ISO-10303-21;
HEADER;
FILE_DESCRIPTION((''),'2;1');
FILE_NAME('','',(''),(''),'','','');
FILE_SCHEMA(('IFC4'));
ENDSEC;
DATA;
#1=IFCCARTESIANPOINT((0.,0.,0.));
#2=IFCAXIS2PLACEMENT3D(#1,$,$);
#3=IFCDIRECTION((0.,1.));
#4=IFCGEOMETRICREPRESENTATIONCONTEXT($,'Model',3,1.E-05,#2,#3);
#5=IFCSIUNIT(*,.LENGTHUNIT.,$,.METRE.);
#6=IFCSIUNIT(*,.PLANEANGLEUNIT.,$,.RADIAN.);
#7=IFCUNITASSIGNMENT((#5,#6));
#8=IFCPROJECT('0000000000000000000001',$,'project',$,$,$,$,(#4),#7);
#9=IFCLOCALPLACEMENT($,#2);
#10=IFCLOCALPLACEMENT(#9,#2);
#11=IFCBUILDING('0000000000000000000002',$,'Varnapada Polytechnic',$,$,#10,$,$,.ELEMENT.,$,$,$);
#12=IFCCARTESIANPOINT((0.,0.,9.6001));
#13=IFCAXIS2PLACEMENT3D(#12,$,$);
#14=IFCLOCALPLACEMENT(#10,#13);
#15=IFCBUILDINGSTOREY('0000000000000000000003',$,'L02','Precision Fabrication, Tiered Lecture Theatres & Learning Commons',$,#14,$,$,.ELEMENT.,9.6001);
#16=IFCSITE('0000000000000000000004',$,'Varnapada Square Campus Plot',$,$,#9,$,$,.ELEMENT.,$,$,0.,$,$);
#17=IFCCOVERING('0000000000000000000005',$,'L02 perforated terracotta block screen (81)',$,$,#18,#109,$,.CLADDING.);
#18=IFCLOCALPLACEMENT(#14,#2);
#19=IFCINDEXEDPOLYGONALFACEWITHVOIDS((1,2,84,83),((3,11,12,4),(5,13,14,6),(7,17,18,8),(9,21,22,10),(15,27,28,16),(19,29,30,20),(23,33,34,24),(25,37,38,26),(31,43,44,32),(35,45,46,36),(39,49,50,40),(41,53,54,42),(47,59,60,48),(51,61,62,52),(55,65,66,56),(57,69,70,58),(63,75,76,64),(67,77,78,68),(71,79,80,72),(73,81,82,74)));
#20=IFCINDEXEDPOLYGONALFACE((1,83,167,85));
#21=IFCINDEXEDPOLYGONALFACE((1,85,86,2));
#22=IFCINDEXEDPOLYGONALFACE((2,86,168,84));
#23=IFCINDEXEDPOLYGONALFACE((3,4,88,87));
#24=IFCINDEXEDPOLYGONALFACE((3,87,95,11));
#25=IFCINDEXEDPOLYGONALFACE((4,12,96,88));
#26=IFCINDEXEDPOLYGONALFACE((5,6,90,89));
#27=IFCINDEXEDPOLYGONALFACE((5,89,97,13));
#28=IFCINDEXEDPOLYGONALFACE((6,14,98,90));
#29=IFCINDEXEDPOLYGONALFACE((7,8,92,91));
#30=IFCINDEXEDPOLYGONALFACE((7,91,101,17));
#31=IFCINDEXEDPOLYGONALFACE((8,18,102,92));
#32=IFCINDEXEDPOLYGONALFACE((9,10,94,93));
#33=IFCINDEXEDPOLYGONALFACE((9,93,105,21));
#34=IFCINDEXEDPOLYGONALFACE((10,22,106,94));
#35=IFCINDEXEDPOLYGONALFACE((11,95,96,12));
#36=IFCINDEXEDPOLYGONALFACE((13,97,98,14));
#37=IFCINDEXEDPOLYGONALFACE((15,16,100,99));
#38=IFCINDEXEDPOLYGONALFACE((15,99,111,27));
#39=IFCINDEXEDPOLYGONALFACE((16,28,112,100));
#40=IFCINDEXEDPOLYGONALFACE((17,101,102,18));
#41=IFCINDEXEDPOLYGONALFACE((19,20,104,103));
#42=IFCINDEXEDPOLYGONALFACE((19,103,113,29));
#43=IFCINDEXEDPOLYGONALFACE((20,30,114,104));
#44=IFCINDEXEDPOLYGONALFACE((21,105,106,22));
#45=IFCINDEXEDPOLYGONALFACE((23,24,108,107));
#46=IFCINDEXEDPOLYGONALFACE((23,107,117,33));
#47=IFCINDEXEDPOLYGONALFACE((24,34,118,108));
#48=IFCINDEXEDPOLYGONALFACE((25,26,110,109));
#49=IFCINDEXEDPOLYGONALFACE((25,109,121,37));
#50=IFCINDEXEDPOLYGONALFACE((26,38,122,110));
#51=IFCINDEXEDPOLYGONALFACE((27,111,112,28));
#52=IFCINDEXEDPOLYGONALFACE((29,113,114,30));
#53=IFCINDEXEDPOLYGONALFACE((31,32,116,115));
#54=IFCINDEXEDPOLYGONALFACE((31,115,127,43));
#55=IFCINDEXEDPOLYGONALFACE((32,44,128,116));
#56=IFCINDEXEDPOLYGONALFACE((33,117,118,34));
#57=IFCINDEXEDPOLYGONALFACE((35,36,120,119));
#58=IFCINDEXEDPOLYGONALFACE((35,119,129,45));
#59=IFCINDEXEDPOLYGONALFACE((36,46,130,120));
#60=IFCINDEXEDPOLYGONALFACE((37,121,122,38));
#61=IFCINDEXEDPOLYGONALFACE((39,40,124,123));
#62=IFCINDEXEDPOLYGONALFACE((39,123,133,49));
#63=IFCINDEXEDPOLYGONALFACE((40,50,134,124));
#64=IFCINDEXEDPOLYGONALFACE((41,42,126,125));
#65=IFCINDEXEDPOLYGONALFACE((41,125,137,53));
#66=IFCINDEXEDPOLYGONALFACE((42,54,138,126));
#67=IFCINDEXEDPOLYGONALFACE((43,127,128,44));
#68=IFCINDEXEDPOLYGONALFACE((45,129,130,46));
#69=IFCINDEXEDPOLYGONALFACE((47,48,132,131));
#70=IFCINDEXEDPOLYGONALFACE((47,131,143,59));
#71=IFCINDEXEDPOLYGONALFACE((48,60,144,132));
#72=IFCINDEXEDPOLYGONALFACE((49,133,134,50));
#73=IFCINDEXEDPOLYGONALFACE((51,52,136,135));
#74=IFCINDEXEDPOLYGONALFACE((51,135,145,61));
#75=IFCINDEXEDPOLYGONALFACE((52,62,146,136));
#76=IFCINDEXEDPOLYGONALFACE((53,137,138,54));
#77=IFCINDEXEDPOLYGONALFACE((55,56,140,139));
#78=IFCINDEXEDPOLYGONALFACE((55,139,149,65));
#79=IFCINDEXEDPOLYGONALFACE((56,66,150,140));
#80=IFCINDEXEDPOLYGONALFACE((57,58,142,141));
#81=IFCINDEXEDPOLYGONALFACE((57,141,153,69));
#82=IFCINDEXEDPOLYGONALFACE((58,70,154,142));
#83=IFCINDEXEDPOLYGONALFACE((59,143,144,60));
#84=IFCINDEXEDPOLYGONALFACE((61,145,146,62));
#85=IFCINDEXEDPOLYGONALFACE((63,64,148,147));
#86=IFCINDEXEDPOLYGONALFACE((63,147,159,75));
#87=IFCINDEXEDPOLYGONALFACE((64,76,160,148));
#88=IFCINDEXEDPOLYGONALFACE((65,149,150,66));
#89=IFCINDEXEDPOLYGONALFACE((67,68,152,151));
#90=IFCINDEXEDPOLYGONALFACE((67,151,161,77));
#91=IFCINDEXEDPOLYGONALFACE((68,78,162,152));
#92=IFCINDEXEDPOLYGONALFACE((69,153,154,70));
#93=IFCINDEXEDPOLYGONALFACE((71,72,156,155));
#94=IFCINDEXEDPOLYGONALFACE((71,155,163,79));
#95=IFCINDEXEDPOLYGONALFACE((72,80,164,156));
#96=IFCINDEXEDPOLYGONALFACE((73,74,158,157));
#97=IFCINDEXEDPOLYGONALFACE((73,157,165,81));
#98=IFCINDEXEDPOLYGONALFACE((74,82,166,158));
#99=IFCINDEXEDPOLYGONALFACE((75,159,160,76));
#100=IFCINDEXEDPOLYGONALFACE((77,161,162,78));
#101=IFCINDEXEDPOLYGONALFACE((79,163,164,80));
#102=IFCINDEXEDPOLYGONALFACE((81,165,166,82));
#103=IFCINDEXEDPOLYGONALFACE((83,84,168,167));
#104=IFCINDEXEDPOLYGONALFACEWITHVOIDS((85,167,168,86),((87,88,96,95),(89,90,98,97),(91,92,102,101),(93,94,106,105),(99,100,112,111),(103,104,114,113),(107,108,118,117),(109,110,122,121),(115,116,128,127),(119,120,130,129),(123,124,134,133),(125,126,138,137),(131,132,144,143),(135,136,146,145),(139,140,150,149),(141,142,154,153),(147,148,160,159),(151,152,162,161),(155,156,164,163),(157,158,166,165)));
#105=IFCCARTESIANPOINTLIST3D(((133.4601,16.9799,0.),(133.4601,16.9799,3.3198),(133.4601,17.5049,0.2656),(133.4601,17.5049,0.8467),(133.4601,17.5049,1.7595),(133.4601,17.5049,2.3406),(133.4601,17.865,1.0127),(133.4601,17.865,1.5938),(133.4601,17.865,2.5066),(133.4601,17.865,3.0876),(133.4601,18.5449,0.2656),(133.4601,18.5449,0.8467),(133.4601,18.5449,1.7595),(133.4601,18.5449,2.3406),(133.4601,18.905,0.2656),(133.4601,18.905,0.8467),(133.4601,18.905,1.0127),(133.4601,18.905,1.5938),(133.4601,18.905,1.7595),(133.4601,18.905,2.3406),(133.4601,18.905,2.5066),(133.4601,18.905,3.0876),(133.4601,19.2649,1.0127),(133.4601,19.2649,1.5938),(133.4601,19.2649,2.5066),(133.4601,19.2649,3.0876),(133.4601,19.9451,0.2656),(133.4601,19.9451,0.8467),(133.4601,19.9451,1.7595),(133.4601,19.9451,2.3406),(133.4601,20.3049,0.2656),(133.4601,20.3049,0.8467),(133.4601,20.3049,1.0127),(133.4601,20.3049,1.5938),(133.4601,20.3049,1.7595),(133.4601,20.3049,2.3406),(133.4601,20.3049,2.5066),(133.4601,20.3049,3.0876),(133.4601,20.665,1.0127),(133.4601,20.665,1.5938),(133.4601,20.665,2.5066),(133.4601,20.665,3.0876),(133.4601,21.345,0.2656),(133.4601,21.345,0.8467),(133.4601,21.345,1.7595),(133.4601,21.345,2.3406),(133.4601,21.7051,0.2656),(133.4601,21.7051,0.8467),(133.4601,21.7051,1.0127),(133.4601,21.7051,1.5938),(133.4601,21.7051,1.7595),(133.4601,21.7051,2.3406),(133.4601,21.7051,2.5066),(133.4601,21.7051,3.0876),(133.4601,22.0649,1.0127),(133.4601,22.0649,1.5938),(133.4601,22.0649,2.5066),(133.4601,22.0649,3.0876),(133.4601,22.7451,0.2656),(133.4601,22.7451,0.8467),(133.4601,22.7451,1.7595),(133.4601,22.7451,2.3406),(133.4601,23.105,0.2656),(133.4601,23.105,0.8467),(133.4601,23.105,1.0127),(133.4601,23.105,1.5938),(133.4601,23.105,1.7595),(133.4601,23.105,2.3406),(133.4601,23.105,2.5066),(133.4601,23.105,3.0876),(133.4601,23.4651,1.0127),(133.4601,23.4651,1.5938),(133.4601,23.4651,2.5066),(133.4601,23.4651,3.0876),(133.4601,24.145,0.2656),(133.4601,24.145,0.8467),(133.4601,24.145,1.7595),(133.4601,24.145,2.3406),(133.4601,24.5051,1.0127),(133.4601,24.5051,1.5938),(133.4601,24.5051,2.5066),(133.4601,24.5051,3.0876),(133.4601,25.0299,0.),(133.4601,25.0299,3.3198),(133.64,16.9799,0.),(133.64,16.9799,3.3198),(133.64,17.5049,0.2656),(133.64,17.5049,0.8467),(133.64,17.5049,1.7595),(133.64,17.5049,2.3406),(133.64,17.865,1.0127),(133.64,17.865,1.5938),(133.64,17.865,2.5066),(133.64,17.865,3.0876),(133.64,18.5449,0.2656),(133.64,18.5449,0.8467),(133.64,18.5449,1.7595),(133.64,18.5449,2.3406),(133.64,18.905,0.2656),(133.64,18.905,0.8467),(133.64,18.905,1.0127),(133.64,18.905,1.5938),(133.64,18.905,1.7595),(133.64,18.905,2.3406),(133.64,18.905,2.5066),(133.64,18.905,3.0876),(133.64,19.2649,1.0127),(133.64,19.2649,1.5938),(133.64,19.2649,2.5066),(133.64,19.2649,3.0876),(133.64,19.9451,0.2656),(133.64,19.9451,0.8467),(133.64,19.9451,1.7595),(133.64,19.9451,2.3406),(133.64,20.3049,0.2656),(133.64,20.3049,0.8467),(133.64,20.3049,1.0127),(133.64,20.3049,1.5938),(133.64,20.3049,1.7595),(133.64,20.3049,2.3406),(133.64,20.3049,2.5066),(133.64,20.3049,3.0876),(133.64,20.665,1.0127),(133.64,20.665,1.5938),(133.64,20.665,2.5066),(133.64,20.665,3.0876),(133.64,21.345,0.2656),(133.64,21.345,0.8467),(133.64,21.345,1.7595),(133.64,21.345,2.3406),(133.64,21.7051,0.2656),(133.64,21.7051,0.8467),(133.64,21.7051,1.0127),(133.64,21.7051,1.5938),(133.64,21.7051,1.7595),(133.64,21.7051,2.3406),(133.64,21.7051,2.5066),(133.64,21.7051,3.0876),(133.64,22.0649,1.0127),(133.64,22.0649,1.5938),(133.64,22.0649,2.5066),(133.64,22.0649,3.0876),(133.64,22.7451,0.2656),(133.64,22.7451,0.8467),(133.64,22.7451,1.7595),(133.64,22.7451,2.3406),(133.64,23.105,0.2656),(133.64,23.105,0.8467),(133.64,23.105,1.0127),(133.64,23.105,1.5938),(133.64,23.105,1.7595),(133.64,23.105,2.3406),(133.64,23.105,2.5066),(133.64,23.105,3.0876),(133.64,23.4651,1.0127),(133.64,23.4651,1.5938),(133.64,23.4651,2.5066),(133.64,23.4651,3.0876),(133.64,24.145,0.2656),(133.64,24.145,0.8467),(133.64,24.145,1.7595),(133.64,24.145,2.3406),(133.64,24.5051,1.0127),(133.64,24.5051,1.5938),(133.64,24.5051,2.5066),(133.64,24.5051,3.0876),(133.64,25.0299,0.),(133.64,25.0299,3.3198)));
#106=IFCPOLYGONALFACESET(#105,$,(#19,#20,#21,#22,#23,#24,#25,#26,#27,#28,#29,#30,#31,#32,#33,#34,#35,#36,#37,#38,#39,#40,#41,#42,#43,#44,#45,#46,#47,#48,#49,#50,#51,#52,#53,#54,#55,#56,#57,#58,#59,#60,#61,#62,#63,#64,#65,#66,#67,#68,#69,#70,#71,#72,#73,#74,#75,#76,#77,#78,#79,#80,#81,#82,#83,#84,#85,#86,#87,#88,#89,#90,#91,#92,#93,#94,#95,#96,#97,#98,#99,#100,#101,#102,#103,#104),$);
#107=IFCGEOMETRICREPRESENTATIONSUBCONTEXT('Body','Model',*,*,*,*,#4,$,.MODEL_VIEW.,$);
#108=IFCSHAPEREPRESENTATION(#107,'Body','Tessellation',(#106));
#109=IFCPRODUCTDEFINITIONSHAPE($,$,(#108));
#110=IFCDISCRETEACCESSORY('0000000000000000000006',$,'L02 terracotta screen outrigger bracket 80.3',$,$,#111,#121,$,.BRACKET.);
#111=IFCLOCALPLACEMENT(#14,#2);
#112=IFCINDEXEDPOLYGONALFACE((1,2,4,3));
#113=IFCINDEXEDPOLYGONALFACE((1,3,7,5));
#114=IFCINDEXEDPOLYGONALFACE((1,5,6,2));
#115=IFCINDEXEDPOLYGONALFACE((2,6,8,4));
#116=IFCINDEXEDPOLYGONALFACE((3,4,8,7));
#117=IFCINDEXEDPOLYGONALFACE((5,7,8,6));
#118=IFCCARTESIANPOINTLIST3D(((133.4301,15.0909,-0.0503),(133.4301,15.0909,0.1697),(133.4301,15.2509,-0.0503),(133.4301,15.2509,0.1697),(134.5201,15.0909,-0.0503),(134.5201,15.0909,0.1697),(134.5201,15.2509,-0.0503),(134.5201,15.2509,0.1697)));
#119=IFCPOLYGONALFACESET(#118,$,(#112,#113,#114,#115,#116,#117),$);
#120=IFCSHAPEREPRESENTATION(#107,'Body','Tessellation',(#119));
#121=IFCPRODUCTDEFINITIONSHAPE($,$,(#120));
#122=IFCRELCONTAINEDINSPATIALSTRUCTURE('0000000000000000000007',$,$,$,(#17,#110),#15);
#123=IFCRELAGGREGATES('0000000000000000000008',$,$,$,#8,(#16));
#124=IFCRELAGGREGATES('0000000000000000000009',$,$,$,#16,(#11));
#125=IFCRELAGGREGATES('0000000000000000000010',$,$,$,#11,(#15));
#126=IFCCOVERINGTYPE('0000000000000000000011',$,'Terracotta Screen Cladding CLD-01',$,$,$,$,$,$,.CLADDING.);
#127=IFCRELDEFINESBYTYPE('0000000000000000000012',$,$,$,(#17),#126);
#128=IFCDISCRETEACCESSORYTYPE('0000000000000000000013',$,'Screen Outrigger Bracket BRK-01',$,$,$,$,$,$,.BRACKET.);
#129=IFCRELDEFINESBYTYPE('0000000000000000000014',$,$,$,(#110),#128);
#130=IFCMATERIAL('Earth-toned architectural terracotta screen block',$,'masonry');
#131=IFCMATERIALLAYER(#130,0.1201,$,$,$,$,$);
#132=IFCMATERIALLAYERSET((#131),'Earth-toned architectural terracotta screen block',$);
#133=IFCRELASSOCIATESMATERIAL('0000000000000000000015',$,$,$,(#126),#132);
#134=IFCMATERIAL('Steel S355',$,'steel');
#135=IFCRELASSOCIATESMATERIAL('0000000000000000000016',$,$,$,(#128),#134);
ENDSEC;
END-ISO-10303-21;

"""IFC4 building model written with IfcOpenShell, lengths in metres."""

from ifc_helpers import new_model, si_unit, direction, frame, frame_2d, origin, origin_2d, place, context, subcontext, project, spatial, rectangle, extrude, material, layer, layer_set, type_object, element, save


model = new_model("IFC4")

# Units and contexts
model_context = context("Model", 3, precision=1e-05, world=origin(), true_north=direction((0.0, 1.0)))
body_context = subcontext(model_context, "Body", "Model", "MODEL_VIEW")
ifc_project = project(units=[si_unit("LENGTHUNIT", "METRE"), si_unit("PLANEANGLEUNIT", "RADIAN")], contexts=[model_context])

# Site, building, storey
site_placement = place(None, origin())
site = spatial("IfcSite", under=ifc_project, at=site_placement, Name="Varnapada Square Campus Plot", CompositionType="ELEMENT", RefElevation=0.0)
building_placement = place(site_placement, origin())
building = spatial("IfcBuilding", under=site, at=building_placement, Name="Varnapada Polytechnic", CompositionType="ELEMENT")
storey_placement = place(building_placement, frame((0.0, 0.0, 9.6001)))
storey = spatial("IfcBuildingStorey", under=building, at=storey_placement, Name="L02", Description="Precision Fabrication, Tiered Lecture Theatres & Learning Commons", CompositionType="ELEMENT", Elevation=9.6001)

# Covering, openings
ifc_material_1 = material(Name="Earth-toned architectural terracotta screen block", Category="masonry")
ifc_layer_1 = layer(ifc_material_1, 0.1201)
ifc_layer_set_1 = layer_set([ifc_layer_1], Name="Earth-toned architectural terracotta screen block")
covering_type = type_object("IfcCoveringType", Name="Terracotta Screen Cladding CLD-01", PredefinedType="CLADDING", material=ifc_layer_set_1)
covering_placement = place(storey_placement, frame((133.55, 16.98, 0.0), z_axis=(0.0, 0.0, 1.0), x_axis=(0.0, 1.0, 0.0)))
covering = element("IfcCovering", 1, at=covering_placement, inside=storey, type_object=covering_type, Name="L02 perforated terracotta block screen (81)", PredefinedType="CLADDING", context=body_context, shape_type="SweptSolid", body=[
    extrude(rectangle(XDim=8.05, YDim=0.1799, at=frame_2d((4.0249, 0.0))), origin(), (0.0, 0.0, 1.0), 3.3198),
])
opening_1_placement = place(covering_placement, frame((0.5249, 0.0, 0.2656)))
element("IfcOpeningElement", 2, at=opening_1_placement, cuts=covering, PredefinedType="OPENING", context=body_context, shape_type="SweptSolid", body=[
    extrude(rectangle(XDim=1.04, YDim=0.5811, at=frame_2d((0.52, 0.2905))), frame((0.0, 0.0999, 0.0), z_axis=(0.0, -1.0, 0.0), x_axis=(1.0, 0.0, 0.0)), (0.0, 0.0, 1.0), 0.2),
])
opening_2_placement = place(covering_placement, frame((1.925, 0.0, 0.2656)))
element("IfcOpeningElement", 3, at=opening_2_placement, cuts=covering, PredefinedType="OPENING", context=body_context, shape_type="SweptSolid", body=[
    extrude(rectangle(XDim=1.04, YDim=0.5811, at=frame_2d((0.52, 0.2905))), frame((0.0, 0.0999, 0.0), z_axis=(0.0, -1.0, 0.0), x_axis=(1.0, 0.0, 0.0)), (0.0, 0.0, 1.0), 0.2),
])
opening_3_placement = place(covering_placement, frame((3.325, 0.0, 0.2656)))
element("IfcOpeningElement", 4, at=opening_3_placement, cuts=covering, PredefinedType="OPENING", context=body_context, shape_type="SweptSolid", body=[
    extrude(rectangle(XDim=1.04, YDim=0.5811, at=frame_2d((0.52, 0.2905))), frame((0.0, 0.0999, 0.0), z_axis=(0.0, -1.0, 0.0), x_axis=(1.0, 0.0, 0.0)), (0.0, 0.0, 1.0), 0.2),
])
opening_4_placement = place(covering_placement, frame((4.7251, 0.0, 0.2656)))
element("IfcOpeningElement", 5, at=opening_4_placement, cuts=covering, PredefinedType="OPENING", context=body_context, shape_type="SweptSolid", body=[
    extrude(rectangle(XDim=1.04, YDim=0.5811, at=frame_2d((0.52, 0.2905))), frame((0.0, 0.0999, 0.0), z_axis=(0.0, -1.0, 0.0), x_axis=(1.0, 0.0, 0.0)), (0.0, 0.0, 1.0), 0.2),
])
opening_5_placement = place(covering_placement, frame((6.125, 0.0, 0.2656)))
element("IfcOpeningElement", 6, at=opening_5_placement, cuts=covering, PredefinedType="OPENING", context=body_context, shape_type="SweptSolid", body=[
    extrude(rectangle(XDim=1.04, YDim=0.5811, at=frame_2d((0.52, 0.2905))), frame((0.0, 0.0999, 0.0), z_axis=(0.0, -1.0, 0.0), x_axis=(1.0, 0.0, 0.0)), (0.0, 0.0, 1.0), 0.2),
])
opening_6_placement = place(covering_placement, frame((0.885, 0.0, 1.0127)))
element("IfcOpeningElement", 7, at=opening_6_placement, cuts=covering, PredefinedType="OPENING", context=body_context, shape_type="SweptSolid", body=[
    extrude(rectangle(XDim=1.04, YDim=0.5811, at=frame_2d((0.52, 0.2905))), frame((0.0, 0.0999, 0.0), z_axis=(0.0, -1.0, 0.0), x_axis=(1.0, 0.0, 0.0)), (0.0, 0.0, 1.0), 0.2),
])
opening_7_placement = place(covering_placement, frame((2.2849, 0.0, 1.0127)))
element("IfcOpeningElement", 8, at=opening_7_placement, cuts=covering, PredefinedType="OPENING", context=body_context, shape_type="SweptSolid", body=[
    extrude(rectangle(XDim=1.04, YDim=0.5811, at=frame_2d((0.52, 0.2905))), frame((0.0, 0.0999, 0.0), z_axis=(0.0, -1.0, 0.0), x_axis=(1.0, 0.0, 0.0)), (0.0, 0.0, 1.0), 0.2),
])
opening_8_placement = place(covering_placement, frame((3.6851, 0.0, 1.0127)))
element("IfcOpeningElement", 9, at=opening_8_placement, cuts=covering, PredefinedType="OPENING", context=body_context, shape_type="SweptSolid", body=[
    extrude(rectangle(XDim=1.04, YDim=0.5811, at=frame_2d((0.52, 0.2905))), frame((0.0, 0.0999, 0.0), z_axis=(0.0, -1.0, 0.0), x_axis=(1.0, 0.0, 0.0)), (0.0, 0.0, 1.0), 0.2),
])
opening_9_placement = place(covering_placement, frame((5.085, 0.0, 1.0127)))
element("IfcOpeningElement", 10, at=opening_9_placement, cuts=covering, PredefinedType="OPENING", context=body_context, shape_type="SweptSolid", body=[
    extrude(rectangle(XDim=1.04, YDim=0.5811, at=frame_2d((0.52, 0.2905))), frame((0.0, 0.0999, 0.0), z_axis=(0.0, -1.0, 0.0), x_axis=(1.0, 0.0, 0.0)), (0.0, 0.0, 1.0), 0.2),
])
opening_10_placement = place(covering_placement, frame((6.4851, 0.0, 1.0127)))
element("IfcOpeningElement", 11, at=opening_10_placement, cuts=covering, PredefinedType="OPENING", context=body_context, shape_type="SweptSolid", body=[
    extrude(rectangle(XDim=1.04, YDim=0.5811, at=frame_2d((0.52, 0.2905))), frame((0.0, 0.0999, 0.0), z_axis=(0.0, -1.0, 0.0), x_axis=(1.0, 0.0, 0.0)), (0.0, 0.0, 1.0), 0.2),
])
opening_11_placement = place(covering_placement, frame((0.5249, 0.0, 1.7595)))
element("IfcOpeningElement", 12, at=opening_11_placement, cuts=covering, PredefinedType="OPENING", context=body_context, shape_type="SweptSolid", body=[
    extrude(rectangle(XDim=1.04, YDim=0.5811, at=frame_2d((0.52, 0.2905))), frame((0.0, 0.0999, 0.0), z_axis=(0.0, -1.0, 0.0), x_axis=(1.0, 0.0, 0.0)), (0.0, 0.0, 1.0), 0.2),
])
opening_12_placement = place(covering_placement, frame((1.925, 0.0, 1.7595)))
element("IfcOpeningElement", 13, at=opening_12_placement, cuts=covering, PredefinedType="OPENING", context=body_context, shape_type="SweptSolid", body=[
    extrude(rectangle(XDim=1.04, YDim=0.5811, at=frame_2d((0.52, 0.2905))), frame((0.0, 0.0999, 0.0), z_axis=(0.0, -1.0, 0.0), x_axis=(1.0, 0.0, 0.0)), (0.0, 0.0, 1.0), 0.2),
])
opening_13_placement = place(covering_placement, frame((3.325, 0.0, 1.7595)))
element("IfcOpeningElement", 14, at=opening_13_placement, cuts=covering, PredefinedType="OPENING", context=body_context, shape_type="SweptSolid", body=[
    extrude(rectangle(XDim=1.04, YDim=0.5811, at=frame_2d((0.52, 0.2905))), frame((0.0, 0.0999, 0.0), z_axis=(0.0, -1.0, 0.0), x_axis=(1.0, 0.0, 0.0)), (0.0, 0.0, 1.0), 0.2),
])
opening_14_placement = place(covering_placement, frame((4.7251, 0.0, 1.7595)))
element("IfcOpeningElement", 15, at=opening_14_placement, cuts=covering, PredefinedType="OPENING", context=body_context, shape_type="SweptSolid", body=[
    extrude(rectangle(XDim=1.04, YDim=0.5811, at=frame_2d((0.52, 0.2905))), frame((0.0, 0.0999, 0.0), z_axis=(0.0, -1.0, 0.0), x_axis=(1.0, 0.0, 0.0)), (0.0, 0.0, 1.0), 0.2),
])
opening_15_placement = place(covering_placement, frame((6.125, 0.0, 1.7595)))
element("IfcOpeningElement", 16, at=opening_15_placement, cuts=covering, PredefinedType="OPENING", context=body_context, shape_type="SweptSolid", body=[
    extrude(rectangle(XDim=1.04, YDim=0.5811, at=frame_2d((0.52, 0.2905))), frame((0.0, 0.0999, 0.0), z_axis=(0.0, -1.0, 0.0), x_axis=(1.0, 0.0, 0.0)), (0.0, 0.0, 1.0), 0.2),
])
opening_16_placement = place(covering_placement, frame((0.885, 0.0, 2.5066)))
element("IfcOpeningElement", 17, at=opening_16_placement, cuts=covering, PredefinedType="OPENING", context=body_context, shape_type="SweptSolid", body=[
    extrude(rectangle(XDim=1.04, YDim=0.5811, at=frame_2d((0.52, 0.2905))), frame((0.0, 0.0999, 0.0), z_axis=(0.0, -1.0, 0.0), x_axis=(1.0, 0.0, 0.0)), (0.0, 0.0, 1.0), 0.2),
])
opening_17_placement = place(covering_placement, frame((2.2849, 0.0, 2.5066)))
element("IfcOpeningElement", 18, at=opening_17_placement, cuts=covering, PredefinedType="OPENING", context=body_context, shape_type="SweptSolid", body=[
    extrude(rectangle(XDim=1.04, YDim=0.5811, at=frame_2d((0.52, 0.2905))), frame((0.0, 0.0999, 0.0), z_axis=(0.0, -1.0, 0.0), x_axis=(1.0, 0.0, 0.0)), (0.0, 0.0, 1.0), 0.2),
])
opening_18_placement = place(covering_placement, frame((3.6851, 0.0, 2.5066)))
element("IfcOpeningElement", 19, at=opening_18_placement, cuts=covering, PredefinedType="OPENING", context=body_context, shape_type="SweptSolid", body=[
    extrude(rectangle(XDim=1.04, YDim=0.5811, at=frame_2d((0.52, 0.2905))), frame((0.0, 0.0999, 0.0), z_axis=(0.0, -1.0, 0.0), x_axis=(1.0, 0.0, 0.0)), (0.0, 0.0, 1.0), 0.2),
])
opening_19_placement = place(covering_placement, frame((5.085, 0.0, 2.5066)))
element("IfcOpeningElement", 20, at=opening_19_placement, cuts=covering, PredefinedType="OPENING", context=body_context, shape_type="SweptSolid", body=[
    extrude(rectangle(XDim=1.04, YDim=0.5811, at=frame_2d((0.52, 0.2905))), frame((0.0, 0.0999, 0.0), z_axis=(0.0, -1.0, 0.0), x_axis=(1.0, 0.0, 0.0)), (0.0, 0.0, 1.0), 0.2),
])
opening_20_placement = place(covering_placement, frame((6.4851, 0.0, 2.5066)))
element("IfcOpeningElement", 21, at=opening_20_placement, cuts=covering, PredefinedType="OPENING", context=body_context, shape_type="SweptSolid", body=[
    extrude(rectangle(XDim=1.04, YDim=0.5811, at=frame_2d((0.52, 0.2905))), frame((0.0, 0.0999, 0.0), z_axis=(0.0, -1.0, 0.0), x_axis=(1.0, 0.0, 0.0)), (0.0, 0.0, 1.0), 0.2),
])

# Discrete accessory
ifc_material_2 = material(Name="Steel S355", Category="steel")
discrete_accessory_type = type_object("IfcDiscreteAccessoryType", Name="Screen Outrigger Bracket BRK-01", PredefinedType="BRACKET", material=ifc_material_2)
discrete_accessory_placement = place(storey_placement, frame((133.9751, 15.1709, -0.0503), z_axis=(0.0, 0.0, 1.0), x_axis=(0.0, 1.0, 0.0)))
element("IfcDiscreteAccessory", 22, at=discrete_accessory_placement, inside=storey, type_object=discrete_accessory_type, Name="L02 terracotta screen outrigger bracket 80.3", PredefinedType="BRACKET", context=body_context, shape_type="SweptSolid", body=[
    extrude(rectangle(XDim=0.1599, YDim=1.0901, at=origin_2d()), origin(), (0.0, 0.0, 1.0), 0.22),
])

save(model, "model.ifc")
